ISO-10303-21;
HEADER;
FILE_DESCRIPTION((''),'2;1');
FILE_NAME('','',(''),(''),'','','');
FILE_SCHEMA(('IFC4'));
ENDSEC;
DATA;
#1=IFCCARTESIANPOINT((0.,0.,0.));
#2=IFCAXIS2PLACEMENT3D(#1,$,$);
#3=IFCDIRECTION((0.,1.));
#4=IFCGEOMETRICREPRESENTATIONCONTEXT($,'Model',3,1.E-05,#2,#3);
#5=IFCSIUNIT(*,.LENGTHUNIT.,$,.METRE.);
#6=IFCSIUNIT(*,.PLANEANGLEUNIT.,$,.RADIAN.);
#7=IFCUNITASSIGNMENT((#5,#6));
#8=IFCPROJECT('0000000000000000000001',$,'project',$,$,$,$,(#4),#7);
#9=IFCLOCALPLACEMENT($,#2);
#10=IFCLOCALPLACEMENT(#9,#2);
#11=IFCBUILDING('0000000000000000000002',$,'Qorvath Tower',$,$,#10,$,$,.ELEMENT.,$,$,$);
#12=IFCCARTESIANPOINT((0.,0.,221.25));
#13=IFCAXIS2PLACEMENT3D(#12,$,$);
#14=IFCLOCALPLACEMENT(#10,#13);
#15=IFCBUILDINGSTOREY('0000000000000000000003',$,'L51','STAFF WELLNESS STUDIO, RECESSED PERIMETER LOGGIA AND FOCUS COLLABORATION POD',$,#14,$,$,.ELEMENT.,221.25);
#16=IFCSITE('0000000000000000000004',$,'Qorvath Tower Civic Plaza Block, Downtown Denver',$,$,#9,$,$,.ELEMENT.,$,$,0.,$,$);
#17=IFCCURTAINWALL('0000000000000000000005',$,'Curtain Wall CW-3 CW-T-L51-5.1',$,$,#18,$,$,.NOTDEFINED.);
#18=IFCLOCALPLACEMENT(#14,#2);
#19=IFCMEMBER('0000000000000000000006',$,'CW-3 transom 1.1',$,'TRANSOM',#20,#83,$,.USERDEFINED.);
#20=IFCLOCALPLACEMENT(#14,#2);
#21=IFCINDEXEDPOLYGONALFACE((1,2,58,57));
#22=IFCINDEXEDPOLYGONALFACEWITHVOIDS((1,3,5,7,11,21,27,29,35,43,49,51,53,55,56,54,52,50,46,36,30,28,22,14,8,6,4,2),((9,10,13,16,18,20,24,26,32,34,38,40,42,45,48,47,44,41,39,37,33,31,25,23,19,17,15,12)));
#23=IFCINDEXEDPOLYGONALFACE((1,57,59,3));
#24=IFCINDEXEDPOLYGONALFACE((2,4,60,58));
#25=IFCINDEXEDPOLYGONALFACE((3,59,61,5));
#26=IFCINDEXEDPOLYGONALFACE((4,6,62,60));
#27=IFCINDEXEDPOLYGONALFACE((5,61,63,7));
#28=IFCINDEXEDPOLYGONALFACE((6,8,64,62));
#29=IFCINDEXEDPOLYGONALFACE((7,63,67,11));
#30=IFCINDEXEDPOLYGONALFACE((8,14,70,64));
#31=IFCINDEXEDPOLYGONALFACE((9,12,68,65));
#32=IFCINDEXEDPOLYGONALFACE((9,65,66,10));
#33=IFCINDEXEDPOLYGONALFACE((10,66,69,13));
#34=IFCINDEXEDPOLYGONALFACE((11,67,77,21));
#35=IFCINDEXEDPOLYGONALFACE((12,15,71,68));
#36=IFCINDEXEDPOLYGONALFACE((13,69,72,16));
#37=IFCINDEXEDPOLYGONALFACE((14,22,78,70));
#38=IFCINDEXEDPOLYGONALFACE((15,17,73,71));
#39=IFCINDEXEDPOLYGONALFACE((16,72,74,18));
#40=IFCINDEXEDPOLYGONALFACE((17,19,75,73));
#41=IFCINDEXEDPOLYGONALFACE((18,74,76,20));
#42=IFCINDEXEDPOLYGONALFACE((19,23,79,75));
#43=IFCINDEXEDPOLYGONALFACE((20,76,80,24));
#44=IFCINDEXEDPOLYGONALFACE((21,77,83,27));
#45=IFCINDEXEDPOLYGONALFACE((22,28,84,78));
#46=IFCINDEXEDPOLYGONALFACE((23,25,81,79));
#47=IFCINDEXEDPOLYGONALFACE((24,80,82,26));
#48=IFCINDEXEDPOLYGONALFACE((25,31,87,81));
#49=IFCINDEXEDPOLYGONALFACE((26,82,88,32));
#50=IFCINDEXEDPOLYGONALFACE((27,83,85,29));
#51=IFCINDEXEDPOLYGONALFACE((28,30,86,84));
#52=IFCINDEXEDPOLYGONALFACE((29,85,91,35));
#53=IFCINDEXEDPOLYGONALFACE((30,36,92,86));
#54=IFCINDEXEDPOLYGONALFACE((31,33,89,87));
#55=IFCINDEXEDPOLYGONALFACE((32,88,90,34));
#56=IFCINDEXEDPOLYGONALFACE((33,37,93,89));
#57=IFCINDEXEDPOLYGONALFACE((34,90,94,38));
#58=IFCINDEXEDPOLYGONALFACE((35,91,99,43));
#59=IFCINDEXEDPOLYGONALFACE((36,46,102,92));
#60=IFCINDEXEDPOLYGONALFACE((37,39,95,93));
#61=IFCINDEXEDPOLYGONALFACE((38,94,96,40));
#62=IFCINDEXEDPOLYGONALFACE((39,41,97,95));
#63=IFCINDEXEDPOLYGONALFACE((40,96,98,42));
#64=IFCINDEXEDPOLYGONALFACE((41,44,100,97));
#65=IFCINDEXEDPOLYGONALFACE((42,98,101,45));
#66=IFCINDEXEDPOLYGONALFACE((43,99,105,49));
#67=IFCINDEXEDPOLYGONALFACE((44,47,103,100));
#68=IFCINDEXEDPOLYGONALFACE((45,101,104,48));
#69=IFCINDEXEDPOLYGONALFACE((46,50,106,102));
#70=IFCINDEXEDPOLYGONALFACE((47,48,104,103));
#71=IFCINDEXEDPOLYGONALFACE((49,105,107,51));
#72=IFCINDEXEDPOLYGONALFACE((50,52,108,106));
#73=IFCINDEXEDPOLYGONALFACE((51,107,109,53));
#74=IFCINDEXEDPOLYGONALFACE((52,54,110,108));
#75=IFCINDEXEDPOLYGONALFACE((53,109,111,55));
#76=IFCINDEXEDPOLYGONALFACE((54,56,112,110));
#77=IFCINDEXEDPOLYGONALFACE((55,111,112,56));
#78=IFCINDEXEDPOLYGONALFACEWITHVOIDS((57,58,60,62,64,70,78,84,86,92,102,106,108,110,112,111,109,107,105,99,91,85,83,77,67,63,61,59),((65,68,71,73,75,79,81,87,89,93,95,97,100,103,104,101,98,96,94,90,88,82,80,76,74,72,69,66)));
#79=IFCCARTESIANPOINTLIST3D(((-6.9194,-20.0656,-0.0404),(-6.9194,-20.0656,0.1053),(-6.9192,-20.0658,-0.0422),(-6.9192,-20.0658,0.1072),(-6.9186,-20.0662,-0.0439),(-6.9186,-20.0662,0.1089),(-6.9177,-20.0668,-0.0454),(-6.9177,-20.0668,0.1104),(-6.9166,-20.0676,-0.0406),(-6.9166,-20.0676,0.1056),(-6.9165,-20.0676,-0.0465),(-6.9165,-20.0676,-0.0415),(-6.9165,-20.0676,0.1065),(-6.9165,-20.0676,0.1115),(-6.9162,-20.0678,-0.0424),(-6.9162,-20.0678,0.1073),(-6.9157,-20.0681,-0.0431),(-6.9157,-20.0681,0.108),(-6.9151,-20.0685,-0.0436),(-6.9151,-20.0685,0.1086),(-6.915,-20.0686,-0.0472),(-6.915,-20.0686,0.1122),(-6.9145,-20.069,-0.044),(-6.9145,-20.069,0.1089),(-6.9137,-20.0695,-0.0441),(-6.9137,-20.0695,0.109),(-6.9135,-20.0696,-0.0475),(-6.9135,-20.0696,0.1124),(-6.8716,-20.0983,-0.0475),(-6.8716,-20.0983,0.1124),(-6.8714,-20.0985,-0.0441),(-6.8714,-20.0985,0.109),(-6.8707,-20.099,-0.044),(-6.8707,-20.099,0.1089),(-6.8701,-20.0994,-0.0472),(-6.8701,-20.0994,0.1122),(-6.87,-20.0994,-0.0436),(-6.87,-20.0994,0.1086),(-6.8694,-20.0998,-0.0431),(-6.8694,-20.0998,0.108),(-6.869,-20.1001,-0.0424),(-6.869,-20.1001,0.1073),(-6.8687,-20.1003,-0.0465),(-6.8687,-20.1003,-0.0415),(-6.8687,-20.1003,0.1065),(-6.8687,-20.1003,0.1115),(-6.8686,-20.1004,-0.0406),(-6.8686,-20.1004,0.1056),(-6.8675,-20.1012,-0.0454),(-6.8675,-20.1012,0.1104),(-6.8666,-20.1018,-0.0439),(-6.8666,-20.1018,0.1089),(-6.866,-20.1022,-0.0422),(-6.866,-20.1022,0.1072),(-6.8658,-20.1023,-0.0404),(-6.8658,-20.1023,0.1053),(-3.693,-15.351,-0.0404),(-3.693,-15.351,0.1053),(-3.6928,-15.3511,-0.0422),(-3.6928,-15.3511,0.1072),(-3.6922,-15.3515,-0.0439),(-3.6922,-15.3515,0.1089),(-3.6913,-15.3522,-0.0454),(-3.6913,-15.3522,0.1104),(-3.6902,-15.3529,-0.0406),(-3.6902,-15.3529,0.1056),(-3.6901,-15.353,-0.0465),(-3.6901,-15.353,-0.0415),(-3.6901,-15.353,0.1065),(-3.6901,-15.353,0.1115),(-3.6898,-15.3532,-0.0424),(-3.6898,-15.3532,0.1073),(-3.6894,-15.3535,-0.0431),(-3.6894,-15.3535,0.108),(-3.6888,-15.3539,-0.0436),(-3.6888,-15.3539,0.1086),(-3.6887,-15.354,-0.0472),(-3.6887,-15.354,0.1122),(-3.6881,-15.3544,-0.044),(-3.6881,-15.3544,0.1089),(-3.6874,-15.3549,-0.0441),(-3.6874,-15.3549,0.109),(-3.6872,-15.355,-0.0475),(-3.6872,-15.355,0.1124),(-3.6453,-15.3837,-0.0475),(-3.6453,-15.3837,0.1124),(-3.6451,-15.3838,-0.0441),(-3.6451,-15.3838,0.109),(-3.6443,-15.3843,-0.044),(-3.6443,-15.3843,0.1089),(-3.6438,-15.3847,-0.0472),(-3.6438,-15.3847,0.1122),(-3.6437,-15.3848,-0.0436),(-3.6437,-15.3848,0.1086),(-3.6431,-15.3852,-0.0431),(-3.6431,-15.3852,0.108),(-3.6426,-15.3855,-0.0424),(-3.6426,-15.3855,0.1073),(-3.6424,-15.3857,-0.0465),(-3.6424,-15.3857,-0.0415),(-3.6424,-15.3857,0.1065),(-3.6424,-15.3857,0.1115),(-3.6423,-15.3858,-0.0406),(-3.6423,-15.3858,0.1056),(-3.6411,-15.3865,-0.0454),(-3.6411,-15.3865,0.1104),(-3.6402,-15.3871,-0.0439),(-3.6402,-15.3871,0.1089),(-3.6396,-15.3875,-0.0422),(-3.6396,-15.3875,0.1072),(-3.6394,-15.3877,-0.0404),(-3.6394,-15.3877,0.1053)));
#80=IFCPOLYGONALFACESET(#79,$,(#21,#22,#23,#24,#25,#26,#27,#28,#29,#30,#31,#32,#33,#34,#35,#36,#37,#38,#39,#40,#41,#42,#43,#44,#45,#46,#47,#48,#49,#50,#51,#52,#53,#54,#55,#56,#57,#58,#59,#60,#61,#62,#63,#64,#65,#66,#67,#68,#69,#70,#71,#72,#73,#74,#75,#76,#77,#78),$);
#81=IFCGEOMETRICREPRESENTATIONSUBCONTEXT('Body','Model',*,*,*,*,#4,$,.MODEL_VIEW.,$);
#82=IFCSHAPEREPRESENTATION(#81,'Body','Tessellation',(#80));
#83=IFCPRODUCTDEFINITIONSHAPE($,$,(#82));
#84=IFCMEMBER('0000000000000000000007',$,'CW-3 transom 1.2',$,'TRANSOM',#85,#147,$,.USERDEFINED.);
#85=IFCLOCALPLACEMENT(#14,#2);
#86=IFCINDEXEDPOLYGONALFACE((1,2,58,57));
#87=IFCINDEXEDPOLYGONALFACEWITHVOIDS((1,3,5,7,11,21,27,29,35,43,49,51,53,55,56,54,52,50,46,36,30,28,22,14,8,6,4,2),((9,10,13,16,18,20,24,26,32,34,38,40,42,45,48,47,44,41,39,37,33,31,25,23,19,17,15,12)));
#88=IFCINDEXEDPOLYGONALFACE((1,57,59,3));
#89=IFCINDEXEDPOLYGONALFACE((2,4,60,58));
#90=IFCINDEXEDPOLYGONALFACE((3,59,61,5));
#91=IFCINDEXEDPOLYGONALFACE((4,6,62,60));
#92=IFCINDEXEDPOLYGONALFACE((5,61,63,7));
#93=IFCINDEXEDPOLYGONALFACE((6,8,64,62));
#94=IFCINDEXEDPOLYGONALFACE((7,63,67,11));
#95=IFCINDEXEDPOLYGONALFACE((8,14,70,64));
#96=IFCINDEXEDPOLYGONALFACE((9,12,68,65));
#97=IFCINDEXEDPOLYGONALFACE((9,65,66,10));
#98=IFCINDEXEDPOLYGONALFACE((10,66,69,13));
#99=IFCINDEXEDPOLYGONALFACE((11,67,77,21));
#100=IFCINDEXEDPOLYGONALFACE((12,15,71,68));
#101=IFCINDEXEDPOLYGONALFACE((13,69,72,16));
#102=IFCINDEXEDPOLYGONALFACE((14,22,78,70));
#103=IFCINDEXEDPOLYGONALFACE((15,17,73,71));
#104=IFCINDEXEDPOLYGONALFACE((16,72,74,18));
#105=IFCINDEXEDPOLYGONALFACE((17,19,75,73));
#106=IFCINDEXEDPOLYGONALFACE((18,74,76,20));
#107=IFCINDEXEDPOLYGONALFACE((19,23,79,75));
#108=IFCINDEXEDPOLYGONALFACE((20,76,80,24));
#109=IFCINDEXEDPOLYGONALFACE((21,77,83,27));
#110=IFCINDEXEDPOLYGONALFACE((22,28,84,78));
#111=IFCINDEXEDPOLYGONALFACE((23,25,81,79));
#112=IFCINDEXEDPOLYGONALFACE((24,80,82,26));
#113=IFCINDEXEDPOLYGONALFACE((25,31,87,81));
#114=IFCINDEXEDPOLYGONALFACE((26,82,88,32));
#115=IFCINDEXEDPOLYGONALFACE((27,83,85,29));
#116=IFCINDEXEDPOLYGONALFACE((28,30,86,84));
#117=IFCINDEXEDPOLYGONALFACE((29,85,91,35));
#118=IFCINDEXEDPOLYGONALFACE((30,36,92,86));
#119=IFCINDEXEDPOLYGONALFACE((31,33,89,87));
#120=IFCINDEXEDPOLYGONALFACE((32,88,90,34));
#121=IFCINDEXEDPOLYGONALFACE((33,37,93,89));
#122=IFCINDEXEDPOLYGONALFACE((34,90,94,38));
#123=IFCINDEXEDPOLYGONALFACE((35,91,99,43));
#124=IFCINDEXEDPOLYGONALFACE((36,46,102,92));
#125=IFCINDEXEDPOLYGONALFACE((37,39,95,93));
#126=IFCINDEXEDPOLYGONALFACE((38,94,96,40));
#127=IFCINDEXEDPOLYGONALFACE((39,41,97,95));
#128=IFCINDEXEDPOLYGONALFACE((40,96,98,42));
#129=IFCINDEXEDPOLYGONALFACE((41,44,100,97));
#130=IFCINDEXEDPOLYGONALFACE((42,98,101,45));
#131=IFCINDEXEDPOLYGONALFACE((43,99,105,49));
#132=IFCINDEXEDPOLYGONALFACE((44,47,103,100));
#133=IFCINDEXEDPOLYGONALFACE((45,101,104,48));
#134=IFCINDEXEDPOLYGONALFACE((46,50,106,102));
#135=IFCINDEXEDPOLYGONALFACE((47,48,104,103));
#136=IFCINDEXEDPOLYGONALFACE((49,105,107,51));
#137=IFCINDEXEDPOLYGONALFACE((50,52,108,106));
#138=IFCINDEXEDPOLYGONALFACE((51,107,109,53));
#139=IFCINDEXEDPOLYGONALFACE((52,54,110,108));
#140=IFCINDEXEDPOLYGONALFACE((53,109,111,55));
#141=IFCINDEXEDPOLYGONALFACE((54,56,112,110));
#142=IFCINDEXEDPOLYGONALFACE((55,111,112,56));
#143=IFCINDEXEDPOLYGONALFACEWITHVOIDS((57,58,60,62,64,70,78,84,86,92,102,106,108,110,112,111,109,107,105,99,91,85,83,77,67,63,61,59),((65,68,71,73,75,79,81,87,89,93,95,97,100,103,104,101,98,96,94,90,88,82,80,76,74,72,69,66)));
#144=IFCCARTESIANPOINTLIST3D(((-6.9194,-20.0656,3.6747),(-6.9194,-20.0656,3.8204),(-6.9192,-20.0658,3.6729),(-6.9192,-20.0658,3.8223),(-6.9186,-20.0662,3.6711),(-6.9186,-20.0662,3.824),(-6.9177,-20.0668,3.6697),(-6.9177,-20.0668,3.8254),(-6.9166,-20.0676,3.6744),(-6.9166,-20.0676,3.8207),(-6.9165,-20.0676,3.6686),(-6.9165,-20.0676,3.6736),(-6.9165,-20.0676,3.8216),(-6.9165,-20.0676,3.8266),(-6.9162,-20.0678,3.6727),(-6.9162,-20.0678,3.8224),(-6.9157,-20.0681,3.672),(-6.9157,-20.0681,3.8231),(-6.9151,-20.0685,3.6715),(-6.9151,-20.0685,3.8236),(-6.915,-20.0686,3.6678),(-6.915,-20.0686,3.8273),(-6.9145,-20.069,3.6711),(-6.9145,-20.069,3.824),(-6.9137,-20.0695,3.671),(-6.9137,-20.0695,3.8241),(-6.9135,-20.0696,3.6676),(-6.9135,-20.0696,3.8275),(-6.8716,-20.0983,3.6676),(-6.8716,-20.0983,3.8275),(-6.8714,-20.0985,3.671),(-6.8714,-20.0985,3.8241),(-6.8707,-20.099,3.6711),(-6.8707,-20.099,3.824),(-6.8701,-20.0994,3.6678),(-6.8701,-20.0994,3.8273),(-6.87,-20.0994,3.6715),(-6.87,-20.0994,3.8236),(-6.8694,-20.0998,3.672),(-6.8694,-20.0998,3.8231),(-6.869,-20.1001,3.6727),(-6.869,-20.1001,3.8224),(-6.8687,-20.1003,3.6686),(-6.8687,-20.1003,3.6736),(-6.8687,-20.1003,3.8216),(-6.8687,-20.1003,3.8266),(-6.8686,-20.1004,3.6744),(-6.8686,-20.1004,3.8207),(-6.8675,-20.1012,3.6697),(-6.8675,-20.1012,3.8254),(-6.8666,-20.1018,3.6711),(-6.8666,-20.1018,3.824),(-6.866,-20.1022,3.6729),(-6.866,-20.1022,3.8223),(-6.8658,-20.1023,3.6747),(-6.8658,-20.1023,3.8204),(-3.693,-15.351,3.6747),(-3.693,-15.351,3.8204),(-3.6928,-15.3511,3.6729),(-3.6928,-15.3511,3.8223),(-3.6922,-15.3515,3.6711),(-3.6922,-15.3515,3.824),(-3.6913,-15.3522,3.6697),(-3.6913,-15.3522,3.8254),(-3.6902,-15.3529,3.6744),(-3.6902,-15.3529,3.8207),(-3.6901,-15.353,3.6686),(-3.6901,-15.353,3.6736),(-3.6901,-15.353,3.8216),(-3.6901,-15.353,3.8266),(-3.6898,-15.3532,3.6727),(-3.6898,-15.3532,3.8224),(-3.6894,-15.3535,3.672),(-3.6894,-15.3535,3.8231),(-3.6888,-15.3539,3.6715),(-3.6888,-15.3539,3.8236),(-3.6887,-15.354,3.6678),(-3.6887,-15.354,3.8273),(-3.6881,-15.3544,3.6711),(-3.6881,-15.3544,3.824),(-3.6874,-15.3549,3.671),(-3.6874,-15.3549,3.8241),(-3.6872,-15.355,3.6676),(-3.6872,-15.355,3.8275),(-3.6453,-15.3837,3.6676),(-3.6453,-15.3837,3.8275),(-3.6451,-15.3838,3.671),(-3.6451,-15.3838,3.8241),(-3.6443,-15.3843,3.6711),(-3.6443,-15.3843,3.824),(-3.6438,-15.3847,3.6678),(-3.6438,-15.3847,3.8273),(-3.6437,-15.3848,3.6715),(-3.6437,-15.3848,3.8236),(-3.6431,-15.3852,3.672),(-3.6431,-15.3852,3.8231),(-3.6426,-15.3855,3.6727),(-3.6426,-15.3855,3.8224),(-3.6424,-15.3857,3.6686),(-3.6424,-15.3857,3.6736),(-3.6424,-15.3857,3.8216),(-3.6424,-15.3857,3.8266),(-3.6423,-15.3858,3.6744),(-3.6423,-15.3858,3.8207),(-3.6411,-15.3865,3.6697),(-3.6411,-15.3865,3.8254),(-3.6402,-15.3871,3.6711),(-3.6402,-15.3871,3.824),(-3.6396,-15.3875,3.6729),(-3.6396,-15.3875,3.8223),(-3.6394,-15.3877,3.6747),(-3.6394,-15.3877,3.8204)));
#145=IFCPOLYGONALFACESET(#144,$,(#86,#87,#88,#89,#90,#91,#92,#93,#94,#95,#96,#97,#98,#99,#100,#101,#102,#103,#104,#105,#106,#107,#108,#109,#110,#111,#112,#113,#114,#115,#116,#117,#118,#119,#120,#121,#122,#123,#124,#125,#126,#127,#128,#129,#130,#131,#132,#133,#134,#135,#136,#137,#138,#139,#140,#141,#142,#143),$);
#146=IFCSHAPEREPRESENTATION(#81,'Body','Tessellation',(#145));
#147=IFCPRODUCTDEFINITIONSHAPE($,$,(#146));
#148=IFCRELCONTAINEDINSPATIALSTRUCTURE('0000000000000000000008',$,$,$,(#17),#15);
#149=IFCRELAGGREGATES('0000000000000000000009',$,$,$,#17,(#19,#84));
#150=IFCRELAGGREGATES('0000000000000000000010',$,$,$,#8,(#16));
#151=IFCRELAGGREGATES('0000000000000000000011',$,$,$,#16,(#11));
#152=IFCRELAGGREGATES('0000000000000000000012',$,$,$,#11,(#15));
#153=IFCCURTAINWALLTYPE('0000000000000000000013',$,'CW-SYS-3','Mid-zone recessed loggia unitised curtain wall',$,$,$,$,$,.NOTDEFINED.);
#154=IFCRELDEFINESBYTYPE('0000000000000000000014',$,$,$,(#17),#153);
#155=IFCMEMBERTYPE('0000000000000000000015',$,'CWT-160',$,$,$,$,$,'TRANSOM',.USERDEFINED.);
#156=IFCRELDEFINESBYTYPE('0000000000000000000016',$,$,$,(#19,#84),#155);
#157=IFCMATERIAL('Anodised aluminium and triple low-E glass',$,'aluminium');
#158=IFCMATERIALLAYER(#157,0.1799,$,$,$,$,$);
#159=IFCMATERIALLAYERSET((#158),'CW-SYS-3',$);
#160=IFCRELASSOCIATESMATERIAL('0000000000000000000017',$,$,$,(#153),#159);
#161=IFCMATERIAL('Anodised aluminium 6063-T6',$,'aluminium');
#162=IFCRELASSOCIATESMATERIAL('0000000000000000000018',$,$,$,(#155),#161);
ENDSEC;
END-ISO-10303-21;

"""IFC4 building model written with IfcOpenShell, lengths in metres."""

from ifc_helpers import new_model, si_unit, direction, frame, origin, origin_2d, place, context, subcontext, project, spatial, hollow_rectangle, extrude, material, layer, layer_set, material_profile, profile_set, type_object, element, aggregate, save


model = new_model("IFC4")

# Units and contexts
model_context = context("Model", 3, precision=1e-05, world=origin(), true_north=direction((0.0, 1.0)))
body_context = subcontext(model_context, "Body", "Model", "MODEL_VIEW")
ifc_project = project(units=[si_unit("LENGTHUNIT", "METRE"), si_unit("PLANEANGLEUNIT", "RADIAN")], contexts=[model_context])

# Site, building, storey
site_placement = place(None, origin())
site = spatial("IfcSite", under=ifc_project, at=site_placement, Name="Qorvath Tower Civic Plaza Block, Downtown Denver", CompositionType="ELEMENT", RefElevation=0.0)
building_placement = place(site_placement, origin())
building = spatial("IfcBuilding", under=site, at=building_placement, Name="Qorvath Tower", CompositionType="ELEMENT")
storey_placement = place(building_placement, frame((0.0, 0.0, 221.25)))
storey = spatial("IfcBuildingStorey", under=building, at=storey_placement, Name="L51", Description="STAFF WELLNESS STUDIO, RECESSED PERIMETER LOGGIA AND FOCUS COLLABORATION POD", CompositionType="ELEMENT", Elevation=221.25)

# Shared definitions
ifc_material_1 = material(Name="Anodised aluminium and triple low-E glass", Category="aluminium")
ifc_layer_1 = layer(ifc_material_1, 0.1799)
ifc_layer_set_1 = layer_set([ifc_layer_1], Name="CW-SYS-3")
curtain_wall_type = type_object("IfcCurtainWallType", Name="CW-SYS-3", Description="Mid-zone recessed loggia unitised curtain wall", PredefinedType="NOTDEFINED", material=ifc_layer_set_1)

# Curtain wall
curtain_wall_1_placement = place(storey_placement, origin())
curtain_wall_1 = element("IfcCurtainWall", 1, at=curtain_wall_1_placement, inside=storey, type_object=curtain_wall_type, Name="Curtain Wall CW-3 CW-T-L51-5.1", PredefinedType="NOTDEFINED")

# Members
ifc_material_2 = material(Name="Anodised aluminium 6063-T6", Category="aluminium")
ifc_material_profile_1 = material_profile(ifc_material_2, hollow_rectangle(XDim=0.0649, YDim=0.1599, WallThickness=0.0034, InnerFilletRadius=0.0034, OuterFilletRadius=0.0071, at=origin_2d()), Name="CWT 160x65")
ifc_profile_set_1 = profile_set([ifc_material_profile_1], Name="Anodised aluminium 6063-T6")
member_type_1 = type_object("IfcMemberType", Name="CWT-160", ElementType="TRANSOM", PredefinedType="USERDEFINED", material=ifc_profile_set_1)
member_1_placement = place(storey_placement, frame((-6.8926, -20.084, 0.0325), z_axis=(0.564748, 0.825263, 0.0), x_axis=(-0.825263, 0.564748, 0.0)))
member_1 = element("IfcMember", 2, at=member_1_placement, type_object=member_type_1, Name="CW-3 transom 1.1", ObjectType="TRANSOM", PredefinedType="USERDEFINED", context=body_context, shape_type="SweptSolid", body=[
    extrude(hollow_rectangle(XDim=0.0649, YDim=0.1599, WallThickness=0.0034, InnerFilletRadius=0.0034, OuterFilletRadius=0.0071, at=origin_2d()), origin(), (0.0, 0.0, 1.0), 5.7129),
])
member_2_placement = place(storey_placement, frame((-6.8926, -20.084, 3.7476), z_axis=(0.564748, 0.825263, 0.0), x_axis=(-0.825263, 0.564748, 0.0)))
member_2 = element("IfcMember", 3, at=member_2_placement, type_object=member_type_1, Name="CW-3 transom 1.2", ObjectType="TRANSOM", PredefinedType="USERDEFINED", context=body_context, shape_type="SweptSolid", body=[
    extrude(hollow_rectangle(XDim=0.0649, YDim=0.1599, WallThickness=0.0034, InnerFilletRadius=0.0034, OuterFilletRadius=0.0071, at=origin_2d()), origin(), (0.0, 0.0, 1.0), 5.7129),
])

aggregate(curtain_wall_1, [member_1, member_2])

save(model, "model.ifc")
